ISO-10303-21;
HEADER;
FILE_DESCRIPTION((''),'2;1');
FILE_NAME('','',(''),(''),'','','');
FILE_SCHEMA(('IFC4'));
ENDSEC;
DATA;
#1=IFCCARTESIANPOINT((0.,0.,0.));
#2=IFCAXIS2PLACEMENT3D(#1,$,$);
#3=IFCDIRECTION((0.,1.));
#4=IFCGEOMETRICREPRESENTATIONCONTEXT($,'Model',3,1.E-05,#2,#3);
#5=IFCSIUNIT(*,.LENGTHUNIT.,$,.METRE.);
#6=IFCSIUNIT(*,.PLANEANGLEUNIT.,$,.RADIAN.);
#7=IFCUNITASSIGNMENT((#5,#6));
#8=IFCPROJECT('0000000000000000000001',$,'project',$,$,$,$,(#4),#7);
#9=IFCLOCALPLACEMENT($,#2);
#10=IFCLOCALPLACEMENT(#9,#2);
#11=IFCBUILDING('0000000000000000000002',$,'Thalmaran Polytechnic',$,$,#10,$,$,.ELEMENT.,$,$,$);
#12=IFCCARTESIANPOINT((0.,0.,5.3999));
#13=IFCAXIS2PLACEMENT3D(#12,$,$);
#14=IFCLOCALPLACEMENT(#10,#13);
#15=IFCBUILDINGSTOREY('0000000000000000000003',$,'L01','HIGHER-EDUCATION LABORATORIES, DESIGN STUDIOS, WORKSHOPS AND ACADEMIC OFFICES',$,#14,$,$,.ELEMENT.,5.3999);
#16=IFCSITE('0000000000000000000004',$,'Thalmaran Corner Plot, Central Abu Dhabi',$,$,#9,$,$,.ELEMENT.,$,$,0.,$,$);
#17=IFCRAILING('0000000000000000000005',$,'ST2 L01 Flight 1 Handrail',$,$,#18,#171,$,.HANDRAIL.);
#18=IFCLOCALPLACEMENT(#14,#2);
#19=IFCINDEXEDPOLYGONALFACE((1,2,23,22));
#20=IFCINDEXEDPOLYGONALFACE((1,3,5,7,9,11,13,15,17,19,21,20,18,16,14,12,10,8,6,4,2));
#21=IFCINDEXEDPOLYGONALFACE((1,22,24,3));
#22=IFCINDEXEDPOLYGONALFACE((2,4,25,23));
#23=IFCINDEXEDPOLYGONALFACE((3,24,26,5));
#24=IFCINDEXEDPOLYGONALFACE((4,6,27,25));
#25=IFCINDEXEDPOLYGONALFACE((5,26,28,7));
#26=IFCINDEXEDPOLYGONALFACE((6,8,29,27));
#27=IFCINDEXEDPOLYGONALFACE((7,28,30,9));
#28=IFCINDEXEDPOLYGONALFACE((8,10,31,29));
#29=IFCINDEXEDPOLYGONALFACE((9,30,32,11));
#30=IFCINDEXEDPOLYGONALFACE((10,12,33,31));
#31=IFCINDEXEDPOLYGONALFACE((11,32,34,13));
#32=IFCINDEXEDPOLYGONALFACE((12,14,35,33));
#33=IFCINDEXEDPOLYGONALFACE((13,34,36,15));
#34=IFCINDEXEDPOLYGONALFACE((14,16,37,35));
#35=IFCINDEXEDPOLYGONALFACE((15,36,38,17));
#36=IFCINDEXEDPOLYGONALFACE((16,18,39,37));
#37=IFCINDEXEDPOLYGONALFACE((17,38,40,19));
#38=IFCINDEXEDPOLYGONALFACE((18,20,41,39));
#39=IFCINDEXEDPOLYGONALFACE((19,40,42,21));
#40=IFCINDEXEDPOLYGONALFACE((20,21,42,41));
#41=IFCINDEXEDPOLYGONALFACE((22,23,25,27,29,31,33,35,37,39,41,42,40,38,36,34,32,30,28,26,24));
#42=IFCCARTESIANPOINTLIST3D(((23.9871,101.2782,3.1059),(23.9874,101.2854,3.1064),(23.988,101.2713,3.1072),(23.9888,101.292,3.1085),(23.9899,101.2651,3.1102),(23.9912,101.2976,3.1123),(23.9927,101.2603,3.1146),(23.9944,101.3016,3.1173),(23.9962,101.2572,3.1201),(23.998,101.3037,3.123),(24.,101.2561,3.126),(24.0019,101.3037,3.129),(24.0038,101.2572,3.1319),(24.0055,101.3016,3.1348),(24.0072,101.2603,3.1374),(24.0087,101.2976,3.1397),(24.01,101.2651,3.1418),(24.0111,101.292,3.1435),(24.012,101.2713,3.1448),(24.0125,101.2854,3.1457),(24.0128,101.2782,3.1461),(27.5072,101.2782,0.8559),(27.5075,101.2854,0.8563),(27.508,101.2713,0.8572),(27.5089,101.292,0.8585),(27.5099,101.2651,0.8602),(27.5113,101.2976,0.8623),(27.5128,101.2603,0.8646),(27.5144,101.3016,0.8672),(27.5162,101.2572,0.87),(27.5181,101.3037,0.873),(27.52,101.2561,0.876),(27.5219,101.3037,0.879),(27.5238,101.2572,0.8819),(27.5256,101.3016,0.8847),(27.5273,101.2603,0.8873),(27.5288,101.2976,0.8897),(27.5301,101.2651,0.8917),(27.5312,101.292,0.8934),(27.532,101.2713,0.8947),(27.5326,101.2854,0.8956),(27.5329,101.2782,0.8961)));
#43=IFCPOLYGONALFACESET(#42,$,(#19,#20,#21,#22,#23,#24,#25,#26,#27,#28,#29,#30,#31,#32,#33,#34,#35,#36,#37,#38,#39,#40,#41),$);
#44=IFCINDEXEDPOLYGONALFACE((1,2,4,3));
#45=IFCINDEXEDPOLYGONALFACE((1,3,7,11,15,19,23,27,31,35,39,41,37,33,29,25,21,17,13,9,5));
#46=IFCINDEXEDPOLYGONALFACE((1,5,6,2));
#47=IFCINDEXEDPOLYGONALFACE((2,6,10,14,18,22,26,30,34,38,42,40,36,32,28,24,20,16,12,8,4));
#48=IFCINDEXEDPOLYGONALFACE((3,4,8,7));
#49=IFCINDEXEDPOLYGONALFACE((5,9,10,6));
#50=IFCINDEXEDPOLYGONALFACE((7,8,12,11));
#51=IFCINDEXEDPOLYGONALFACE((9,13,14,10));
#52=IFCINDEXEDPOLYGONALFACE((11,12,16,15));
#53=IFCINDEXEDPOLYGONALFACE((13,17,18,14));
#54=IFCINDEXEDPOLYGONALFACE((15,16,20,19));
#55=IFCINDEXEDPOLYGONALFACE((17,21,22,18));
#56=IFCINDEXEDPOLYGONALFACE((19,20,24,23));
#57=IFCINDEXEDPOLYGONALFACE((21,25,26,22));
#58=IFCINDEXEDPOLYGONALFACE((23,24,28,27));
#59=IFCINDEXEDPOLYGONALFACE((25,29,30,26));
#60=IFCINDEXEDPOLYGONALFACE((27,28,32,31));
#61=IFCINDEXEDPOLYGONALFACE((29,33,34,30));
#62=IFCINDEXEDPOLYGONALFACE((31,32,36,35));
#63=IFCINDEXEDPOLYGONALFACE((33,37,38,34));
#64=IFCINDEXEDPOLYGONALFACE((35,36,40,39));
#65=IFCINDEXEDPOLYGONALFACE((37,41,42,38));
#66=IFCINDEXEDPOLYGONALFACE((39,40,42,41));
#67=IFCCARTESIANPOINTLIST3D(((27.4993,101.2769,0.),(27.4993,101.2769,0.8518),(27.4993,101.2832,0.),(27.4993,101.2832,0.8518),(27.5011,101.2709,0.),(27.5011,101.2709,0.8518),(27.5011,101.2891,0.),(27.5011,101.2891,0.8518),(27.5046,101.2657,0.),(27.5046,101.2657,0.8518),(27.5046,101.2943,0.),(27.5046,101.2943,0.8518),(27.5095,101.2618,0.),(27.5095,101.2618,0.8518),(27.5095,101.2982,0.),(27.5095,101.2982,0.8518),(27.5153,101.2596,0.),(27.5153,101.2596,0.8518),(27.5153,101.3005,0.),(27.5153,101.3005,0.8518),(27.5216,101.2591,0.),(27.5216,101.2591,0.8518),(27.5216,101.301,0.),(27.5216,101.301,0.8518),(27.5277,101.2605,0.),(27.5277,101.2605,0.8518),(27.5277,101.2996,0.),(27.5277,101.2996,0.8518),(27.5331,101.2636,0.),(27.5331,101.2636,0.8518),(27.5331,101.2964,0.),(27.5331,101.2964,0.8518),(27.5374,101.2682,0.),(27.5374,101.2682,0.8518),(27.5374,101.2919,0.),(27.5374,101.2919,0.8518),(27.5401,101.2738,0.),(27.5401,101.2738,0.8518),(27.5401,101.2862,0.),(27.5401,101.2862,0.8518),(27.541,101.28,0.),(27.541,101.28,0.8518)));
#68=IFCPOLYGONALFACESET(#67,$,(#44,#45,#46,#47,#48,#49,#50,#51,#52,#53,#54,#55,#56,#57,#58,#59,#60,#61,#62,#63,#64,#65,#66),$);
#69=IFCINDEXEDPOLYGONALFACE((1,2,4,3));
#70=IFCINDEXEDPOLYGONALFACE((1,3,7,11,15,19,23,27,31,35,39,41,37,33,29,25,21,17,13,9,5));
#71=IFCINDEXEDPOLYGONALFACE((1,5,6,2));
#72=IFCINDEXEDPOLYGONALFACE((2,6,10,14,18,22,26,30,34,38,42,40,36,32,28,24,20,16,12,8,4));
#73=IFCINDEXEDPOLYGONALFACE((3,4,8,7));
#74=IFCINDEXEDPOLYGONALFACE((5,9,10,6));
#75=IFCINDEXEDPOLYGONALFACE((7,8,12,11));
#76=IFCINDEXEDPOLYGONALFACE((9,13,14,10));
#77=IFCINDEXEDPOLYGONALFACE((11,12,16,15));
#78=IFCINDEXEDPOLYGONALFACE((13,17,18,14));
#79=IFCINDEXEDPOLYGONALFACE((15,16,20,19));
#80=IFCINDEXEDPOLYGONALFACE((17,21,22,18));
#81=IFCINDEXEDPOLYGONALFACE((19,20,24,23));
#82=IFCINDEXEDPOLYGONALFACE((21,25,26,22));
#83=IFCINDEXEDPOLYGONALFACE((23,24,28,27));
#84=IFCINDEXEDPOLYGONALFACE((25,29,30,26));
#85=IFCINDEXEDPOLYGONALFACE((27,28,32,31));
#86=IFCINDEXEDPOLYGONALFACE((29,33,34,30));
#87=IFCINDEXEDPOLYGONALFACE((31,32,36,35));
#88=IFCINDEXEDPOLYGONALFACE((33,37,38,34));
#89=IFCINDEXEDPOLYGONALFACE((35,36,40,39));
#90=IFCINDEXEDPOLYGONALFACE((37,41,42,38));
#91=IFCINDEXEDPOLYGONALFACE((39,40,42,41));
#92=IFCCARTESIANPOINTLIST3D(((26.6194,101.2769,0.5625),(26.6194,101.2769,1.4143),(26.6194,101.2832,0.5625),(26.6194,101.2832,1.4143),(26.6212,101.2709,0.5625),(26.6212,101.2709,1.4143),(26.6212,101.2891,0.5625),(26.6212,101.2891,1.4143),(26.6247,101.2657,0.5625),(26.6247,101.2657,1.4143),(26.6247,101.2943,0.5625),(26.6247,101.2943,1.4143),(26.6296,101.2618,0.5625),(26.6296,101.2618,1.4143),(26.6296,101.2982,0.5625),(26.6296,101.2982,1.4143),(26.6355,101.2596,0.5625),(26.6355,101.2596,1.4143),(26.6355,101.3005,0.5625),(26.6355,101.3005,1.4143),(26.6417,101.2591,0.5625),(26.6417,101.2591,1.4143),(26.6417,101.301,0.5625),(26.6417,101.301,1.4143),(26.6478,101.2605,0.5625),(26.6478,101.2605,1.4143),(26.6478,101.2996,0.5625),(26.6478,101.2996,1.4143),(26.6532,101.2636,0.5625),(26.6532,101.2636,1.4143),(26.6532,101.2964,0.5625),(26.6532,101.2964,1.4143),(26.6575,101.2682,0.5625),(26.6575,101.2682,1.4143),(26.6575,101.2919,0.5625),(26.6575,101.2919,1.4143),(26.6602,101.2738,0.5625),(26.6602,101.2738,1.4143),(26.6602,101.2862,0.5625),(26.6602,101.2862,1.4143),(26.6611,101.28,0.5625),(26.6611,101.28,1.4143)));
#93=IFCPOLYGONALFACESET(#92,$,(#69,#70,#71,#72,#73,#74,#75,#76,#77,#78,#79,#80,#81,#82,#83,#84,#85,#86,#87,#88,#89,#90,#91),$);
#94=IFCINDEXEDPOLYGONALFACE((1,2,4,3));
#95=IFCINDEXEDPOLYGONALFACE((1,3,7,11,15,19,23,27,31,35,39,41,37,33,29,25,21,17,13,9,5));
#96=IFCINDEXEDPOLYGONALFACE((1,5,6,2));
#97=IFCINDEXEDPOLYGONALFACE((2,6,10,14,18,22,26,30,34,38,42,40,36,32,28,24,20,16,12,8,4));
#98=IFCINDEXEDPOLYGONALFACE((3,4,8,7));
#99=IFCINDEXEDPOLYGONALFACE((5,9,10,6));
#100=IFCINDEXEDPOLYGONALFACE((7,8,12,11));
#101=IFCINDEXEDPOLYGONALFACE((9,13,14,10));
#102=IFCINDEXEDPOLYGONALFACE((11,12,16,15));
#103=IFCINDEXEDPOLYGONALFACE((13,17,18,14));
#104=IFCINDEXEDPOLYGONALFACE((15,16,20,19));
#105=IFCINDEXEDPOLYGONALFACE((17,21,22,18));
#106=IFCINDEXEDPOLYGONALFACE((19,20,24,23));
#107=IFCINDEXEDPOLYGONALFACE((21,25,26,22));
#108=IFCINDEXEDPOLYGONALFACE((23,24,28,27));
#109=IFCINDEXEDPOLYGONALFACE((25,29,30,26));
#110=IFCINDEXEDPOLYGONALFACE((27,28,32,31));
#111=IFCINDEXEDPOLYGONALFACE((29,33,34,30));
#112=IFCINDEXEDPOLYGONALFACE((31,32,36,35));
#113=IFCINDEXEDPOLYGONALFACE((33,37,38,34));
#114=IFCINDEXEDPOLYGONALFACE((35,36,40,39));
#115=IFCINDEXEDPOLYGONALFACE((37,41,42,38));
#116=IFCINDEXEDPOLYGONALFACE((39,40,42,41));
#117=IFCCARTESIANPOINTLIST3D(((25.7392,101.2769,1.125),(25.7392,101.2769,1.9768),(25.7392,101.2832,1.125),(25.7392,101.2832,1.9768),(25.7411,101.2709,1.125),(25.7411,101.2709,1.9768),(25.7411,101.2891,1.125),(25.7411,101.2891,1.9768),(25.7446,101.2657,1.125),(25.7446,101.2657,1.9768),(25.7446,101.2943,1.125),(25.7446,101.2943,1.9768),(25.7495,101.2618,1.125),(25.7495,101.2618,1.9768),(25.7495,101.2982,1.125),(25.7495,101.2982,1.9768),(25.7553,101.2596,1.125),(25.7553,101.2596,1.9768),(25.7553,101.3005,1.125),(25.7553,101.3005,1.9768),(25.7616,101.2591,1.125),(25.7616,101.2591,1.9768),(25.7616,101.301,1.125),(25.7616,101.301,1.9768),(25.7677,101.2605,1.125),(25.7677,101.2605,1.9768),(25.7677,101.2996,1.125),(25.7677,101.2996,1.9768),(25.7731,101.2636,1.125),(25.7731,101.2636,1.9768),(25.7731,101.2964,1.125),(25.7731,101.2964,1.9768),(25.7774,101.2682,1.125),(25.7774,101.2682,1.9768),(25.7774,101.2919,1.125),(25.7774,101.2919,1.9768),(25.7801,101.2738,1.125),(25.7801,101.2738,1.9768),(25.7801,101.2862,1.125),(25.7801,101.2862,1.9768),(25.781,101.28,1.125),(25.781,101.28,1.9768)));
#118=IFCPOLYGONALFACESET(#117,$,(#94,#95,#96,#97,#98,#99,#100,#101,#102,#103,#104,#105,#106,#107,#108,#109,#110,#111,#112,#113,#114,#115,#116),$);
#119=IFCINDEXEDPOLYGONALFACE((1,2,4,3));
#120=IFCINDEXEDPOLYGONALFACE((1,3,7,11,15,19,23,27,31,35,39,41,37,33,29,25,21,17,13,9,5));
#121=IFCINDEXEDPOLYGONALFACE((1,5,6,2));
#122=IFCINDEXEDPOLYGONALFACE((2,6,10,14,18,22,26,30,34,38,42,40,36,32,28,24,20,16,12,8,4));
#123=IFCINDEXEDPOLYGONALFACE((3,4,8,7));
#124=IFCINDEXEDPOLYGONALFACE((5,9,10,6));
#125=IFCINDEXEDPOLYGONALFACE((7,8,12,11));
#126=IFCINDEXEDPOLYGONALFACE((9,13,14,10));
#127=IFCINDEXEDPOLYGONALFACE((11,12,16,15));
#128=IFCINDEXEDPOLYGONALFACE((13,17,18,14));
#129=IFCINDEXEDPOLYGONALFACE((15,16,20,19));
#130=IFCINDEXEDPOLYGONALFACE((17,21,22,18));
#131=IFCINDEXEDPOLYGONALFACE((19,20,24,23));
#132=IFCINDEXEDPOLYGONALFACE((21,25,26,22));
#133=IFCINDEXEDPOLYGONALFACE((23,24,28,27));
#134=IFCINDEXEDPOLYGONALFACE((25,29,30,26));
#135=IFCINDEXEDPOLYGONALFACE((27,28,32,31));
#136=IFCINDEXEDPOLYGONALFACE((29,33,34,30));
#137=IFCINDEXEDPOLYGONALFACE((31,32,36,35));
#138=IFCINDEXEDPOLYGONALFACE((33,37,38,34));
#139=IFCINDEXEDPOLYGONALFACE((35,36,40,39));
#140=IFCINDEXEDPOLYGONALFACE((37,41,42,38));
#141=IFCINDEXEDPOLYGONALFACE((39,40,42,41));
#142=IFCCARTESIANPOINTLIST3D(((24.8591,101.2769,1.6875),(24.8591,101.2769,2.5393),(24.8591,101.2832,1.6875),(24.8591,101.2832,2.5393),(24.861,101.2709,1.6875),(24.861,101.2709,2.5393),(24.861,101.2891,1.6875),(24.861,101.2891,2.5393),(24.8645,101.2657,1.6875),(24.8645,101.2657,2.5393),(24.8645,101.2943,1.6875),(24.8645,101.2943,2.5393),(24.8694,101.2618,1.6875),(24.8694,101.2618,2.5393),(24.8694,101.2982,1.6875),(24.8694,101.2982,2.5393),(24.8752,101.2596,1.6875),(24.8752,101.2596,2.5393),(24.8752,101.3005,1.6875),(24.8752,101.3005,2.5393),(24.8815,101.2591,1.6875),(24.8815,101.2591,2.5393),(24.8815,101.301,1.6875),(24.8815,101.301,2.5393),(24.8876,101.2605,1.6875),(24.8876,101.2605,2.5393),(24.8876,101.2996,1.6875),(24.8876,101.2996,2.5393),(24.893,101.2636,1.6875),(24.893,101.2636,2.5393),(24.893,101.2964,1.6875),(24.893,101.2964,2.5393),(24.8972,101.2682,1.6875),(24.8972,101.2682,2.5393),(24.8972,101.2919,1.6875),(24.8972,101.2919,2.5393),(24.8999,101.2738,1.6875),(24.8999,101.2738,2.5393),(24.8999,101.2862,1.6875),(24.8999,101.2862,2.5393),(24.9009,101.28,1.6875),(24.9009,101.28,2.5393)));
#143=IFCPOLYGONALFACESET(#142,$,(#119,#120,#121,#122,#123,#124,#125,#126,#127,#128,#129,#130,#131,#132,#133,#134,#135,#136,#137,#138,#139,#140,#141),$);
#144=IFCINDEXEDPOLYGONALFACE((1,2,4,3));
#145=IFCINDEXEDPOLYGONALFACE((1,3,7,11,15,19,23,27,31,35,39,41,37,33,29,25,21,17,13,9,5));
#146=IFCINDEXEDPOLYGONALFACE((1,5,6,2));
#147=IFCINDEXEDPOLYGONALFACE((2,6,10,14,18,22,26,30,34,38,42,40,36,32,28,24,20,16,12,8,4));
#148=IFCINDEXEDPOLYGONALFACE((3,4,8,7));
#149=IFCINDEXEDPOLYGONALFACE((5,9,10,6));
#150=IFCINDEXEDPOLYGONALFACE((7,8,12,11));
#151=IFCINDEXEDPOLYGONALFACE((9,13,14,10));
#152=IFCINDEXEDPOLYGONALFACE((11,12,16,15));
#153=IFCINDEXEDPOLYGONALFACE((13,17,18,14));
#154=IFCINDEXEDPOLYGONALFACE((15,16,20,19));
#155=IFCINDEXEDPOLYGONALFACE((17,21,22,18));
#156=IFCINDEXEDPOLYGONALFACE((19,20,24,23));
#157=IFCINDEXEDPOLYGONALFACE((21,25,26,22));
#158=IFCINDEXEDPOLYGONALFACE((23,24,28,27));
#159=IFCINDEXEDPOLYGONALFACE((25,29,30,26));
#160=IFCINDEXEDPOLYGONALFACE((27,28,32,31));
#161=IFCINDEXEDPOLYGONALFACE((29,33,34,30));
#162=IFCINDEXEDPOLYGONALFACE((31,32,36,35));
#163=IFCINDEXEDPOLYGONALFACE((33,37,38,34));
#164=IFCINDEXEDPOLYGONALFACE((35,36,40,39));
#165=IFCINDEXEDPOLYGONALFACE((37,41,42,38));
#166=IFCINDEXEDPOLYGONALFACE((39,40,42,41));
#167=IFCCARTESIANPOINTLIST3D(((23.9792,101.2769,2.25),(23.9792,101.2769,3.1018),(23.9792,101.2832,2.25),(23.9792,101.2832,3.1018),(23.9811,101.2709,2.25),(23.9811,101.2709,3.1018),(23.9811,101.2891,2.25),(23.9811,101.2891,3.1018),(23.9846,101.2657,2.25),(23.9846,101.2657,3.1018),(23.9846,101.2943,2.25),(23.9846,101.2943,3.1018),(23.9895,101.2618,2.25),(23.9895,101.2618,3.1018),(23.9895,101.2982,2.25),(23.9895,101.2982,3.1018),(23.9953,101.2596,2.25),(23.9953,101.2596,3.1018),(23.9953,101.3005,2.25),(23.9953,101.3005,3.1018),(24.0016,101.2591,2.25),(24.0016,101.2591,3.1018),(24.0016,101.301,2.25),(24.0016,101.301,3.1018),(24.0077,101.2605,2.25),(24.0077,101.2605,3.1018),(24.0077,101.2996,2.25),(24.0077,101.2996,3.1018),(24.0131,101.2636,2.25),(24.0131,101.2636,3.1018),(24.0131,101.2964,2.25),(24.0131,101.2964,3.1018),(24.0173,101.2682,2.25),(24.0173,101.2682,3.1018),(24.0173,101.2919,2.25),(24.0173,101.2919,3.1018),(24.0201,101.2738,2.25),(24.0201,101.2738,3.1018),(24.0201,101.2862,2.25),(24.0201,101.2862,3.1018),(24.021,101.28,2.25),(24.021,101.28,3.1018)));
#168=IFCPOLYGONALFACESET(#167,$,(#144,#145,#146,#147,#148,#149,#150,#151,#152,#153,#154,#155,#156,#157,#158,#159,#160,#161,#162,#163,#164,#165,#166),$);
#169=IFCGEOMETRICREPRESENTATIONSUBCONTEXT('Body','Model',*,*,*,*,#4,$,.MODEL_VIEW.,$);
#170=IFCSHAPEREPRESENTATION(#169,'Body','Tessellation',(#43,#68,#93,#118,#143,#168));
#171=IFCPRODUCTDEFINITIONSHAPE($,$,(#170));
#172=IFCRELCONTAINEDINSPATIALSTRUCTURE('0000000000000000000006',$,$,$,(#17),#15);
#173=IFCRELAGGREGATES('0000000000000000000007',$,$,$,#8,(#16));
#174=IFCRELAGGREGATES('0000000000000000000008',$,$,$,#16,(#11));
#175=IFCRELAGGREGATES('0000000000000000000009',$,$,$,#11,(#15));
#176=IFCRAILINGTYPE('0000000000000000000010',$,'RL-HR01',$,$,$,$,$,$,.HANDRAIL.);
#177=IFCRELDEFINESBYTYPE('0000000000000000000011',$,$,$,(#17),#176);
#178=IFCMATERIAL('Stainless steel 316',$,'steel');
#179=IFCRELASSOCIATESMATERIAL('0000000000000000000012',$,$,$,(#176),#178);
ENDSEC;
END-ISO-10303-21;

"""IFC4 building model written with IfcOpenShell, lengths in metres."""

from ifc_helpers import new_model, si_unit, direction, frame, origin, origin_2d, place, context, subcontext, project, spatial, circle, extrude, material, type_object, element, save


model = new_model("IFC4")

# Units and contexts
model_context = context("Model", 3, precision=1e-05, world=origin(), true_north=direction((0.0, 1.0)))
body_context = subcontext(model_context, "Body", "Model", "MODEL_VIEW")
ifc_project = project(units=[si_unit("LENGTHUNIT", "METRE"), si_unit("PLANEANGLEUNIT", "RADIAN")], contexts=[model_context])

# Site, building, storey
site_placement = place(None, origin())
site = spatial("IfcSite", under=ifc_project, at=site_placement, Name="Thalmaran Corner Plot, Central Abu Dhabi", CompositionType="ELEMENT", RefElevation=0.0)
building_placement = place(site_placement, origin())
building = spatial("IfcBuilding", under=site, at=building_placement, Name="Thalmaran Polytechnic", CompositionType="ELEMENT")
storey_placement = place(building_placement, frame((0.0, 0.0, 5.3999)))
storey = spatial("IfcBuildingStorey", under=building, at=storey_placement, Name="L01", Description="HIGHER-EDUCATION LABORATORIES, DESIGN STUDIOS, WORKSHOPS AND ACADEMIC OFFICES", CompositionType="ELEMENT", Elevation=5.3999)

# Railing
ifc_material_1 = material(Name="Stainless steel 316", Category="steel")
railing_type_1 = type_object("IfcRailingType", Name="RL-HR01", PredefinedType="HANDRAIL", material=ifc_material_1)
railing_1_placement = place(storey_placement, frame((27.52, 101.28, 0.0)))
element("IfcRailing", 1, at=railing_1_placement, inside=storey, type_object=railing_type_1, Name="ST2 L01 Flight 1 Handrail", PredefinedType="HANDRAIL", context=body_context, shape_type="SweptSolid", body=[
    extrude(circle(Radius=0.0239, at=origin_2d()), frame((0.0, 0.0, 0.876), z_axis=(-0.842577, 0.0, 0.538576), x_axis=(0.0, -1.0, 0.0)), (0.0, 0.0, 1.0), 4.1777),
    extrude(circle(Radius=0.021, at=origin_2d()), origin(), (0.0, 0.0, 1.0), 0.8518),
    extrude(circle(Radius=0.021, at=origin_2d()), frame((-0.8799, 0.0, 0.5625)), (0.0, 0.0, 1.0), 0.8518),
    extrude(circle(Radius=0.021, at=origin_2d()), frame((-1.76, 0.0, 1.125)), (0.0, 0.0, 1.0), 0.8518),
    extrude(circle(Radius=0.021, at=origin_2d()), frame((-2.6401, 0.0, 1.6875)), (0.0, 0.0, 1.0), 0.8518),
    extrude(circle(Radius=0.021, at=origin_2d()), frame((-3.52, 0.0, 2.25)), (0.0, 0.0, 1.0), 0.8518),
])

save(model, "model.ifc")
